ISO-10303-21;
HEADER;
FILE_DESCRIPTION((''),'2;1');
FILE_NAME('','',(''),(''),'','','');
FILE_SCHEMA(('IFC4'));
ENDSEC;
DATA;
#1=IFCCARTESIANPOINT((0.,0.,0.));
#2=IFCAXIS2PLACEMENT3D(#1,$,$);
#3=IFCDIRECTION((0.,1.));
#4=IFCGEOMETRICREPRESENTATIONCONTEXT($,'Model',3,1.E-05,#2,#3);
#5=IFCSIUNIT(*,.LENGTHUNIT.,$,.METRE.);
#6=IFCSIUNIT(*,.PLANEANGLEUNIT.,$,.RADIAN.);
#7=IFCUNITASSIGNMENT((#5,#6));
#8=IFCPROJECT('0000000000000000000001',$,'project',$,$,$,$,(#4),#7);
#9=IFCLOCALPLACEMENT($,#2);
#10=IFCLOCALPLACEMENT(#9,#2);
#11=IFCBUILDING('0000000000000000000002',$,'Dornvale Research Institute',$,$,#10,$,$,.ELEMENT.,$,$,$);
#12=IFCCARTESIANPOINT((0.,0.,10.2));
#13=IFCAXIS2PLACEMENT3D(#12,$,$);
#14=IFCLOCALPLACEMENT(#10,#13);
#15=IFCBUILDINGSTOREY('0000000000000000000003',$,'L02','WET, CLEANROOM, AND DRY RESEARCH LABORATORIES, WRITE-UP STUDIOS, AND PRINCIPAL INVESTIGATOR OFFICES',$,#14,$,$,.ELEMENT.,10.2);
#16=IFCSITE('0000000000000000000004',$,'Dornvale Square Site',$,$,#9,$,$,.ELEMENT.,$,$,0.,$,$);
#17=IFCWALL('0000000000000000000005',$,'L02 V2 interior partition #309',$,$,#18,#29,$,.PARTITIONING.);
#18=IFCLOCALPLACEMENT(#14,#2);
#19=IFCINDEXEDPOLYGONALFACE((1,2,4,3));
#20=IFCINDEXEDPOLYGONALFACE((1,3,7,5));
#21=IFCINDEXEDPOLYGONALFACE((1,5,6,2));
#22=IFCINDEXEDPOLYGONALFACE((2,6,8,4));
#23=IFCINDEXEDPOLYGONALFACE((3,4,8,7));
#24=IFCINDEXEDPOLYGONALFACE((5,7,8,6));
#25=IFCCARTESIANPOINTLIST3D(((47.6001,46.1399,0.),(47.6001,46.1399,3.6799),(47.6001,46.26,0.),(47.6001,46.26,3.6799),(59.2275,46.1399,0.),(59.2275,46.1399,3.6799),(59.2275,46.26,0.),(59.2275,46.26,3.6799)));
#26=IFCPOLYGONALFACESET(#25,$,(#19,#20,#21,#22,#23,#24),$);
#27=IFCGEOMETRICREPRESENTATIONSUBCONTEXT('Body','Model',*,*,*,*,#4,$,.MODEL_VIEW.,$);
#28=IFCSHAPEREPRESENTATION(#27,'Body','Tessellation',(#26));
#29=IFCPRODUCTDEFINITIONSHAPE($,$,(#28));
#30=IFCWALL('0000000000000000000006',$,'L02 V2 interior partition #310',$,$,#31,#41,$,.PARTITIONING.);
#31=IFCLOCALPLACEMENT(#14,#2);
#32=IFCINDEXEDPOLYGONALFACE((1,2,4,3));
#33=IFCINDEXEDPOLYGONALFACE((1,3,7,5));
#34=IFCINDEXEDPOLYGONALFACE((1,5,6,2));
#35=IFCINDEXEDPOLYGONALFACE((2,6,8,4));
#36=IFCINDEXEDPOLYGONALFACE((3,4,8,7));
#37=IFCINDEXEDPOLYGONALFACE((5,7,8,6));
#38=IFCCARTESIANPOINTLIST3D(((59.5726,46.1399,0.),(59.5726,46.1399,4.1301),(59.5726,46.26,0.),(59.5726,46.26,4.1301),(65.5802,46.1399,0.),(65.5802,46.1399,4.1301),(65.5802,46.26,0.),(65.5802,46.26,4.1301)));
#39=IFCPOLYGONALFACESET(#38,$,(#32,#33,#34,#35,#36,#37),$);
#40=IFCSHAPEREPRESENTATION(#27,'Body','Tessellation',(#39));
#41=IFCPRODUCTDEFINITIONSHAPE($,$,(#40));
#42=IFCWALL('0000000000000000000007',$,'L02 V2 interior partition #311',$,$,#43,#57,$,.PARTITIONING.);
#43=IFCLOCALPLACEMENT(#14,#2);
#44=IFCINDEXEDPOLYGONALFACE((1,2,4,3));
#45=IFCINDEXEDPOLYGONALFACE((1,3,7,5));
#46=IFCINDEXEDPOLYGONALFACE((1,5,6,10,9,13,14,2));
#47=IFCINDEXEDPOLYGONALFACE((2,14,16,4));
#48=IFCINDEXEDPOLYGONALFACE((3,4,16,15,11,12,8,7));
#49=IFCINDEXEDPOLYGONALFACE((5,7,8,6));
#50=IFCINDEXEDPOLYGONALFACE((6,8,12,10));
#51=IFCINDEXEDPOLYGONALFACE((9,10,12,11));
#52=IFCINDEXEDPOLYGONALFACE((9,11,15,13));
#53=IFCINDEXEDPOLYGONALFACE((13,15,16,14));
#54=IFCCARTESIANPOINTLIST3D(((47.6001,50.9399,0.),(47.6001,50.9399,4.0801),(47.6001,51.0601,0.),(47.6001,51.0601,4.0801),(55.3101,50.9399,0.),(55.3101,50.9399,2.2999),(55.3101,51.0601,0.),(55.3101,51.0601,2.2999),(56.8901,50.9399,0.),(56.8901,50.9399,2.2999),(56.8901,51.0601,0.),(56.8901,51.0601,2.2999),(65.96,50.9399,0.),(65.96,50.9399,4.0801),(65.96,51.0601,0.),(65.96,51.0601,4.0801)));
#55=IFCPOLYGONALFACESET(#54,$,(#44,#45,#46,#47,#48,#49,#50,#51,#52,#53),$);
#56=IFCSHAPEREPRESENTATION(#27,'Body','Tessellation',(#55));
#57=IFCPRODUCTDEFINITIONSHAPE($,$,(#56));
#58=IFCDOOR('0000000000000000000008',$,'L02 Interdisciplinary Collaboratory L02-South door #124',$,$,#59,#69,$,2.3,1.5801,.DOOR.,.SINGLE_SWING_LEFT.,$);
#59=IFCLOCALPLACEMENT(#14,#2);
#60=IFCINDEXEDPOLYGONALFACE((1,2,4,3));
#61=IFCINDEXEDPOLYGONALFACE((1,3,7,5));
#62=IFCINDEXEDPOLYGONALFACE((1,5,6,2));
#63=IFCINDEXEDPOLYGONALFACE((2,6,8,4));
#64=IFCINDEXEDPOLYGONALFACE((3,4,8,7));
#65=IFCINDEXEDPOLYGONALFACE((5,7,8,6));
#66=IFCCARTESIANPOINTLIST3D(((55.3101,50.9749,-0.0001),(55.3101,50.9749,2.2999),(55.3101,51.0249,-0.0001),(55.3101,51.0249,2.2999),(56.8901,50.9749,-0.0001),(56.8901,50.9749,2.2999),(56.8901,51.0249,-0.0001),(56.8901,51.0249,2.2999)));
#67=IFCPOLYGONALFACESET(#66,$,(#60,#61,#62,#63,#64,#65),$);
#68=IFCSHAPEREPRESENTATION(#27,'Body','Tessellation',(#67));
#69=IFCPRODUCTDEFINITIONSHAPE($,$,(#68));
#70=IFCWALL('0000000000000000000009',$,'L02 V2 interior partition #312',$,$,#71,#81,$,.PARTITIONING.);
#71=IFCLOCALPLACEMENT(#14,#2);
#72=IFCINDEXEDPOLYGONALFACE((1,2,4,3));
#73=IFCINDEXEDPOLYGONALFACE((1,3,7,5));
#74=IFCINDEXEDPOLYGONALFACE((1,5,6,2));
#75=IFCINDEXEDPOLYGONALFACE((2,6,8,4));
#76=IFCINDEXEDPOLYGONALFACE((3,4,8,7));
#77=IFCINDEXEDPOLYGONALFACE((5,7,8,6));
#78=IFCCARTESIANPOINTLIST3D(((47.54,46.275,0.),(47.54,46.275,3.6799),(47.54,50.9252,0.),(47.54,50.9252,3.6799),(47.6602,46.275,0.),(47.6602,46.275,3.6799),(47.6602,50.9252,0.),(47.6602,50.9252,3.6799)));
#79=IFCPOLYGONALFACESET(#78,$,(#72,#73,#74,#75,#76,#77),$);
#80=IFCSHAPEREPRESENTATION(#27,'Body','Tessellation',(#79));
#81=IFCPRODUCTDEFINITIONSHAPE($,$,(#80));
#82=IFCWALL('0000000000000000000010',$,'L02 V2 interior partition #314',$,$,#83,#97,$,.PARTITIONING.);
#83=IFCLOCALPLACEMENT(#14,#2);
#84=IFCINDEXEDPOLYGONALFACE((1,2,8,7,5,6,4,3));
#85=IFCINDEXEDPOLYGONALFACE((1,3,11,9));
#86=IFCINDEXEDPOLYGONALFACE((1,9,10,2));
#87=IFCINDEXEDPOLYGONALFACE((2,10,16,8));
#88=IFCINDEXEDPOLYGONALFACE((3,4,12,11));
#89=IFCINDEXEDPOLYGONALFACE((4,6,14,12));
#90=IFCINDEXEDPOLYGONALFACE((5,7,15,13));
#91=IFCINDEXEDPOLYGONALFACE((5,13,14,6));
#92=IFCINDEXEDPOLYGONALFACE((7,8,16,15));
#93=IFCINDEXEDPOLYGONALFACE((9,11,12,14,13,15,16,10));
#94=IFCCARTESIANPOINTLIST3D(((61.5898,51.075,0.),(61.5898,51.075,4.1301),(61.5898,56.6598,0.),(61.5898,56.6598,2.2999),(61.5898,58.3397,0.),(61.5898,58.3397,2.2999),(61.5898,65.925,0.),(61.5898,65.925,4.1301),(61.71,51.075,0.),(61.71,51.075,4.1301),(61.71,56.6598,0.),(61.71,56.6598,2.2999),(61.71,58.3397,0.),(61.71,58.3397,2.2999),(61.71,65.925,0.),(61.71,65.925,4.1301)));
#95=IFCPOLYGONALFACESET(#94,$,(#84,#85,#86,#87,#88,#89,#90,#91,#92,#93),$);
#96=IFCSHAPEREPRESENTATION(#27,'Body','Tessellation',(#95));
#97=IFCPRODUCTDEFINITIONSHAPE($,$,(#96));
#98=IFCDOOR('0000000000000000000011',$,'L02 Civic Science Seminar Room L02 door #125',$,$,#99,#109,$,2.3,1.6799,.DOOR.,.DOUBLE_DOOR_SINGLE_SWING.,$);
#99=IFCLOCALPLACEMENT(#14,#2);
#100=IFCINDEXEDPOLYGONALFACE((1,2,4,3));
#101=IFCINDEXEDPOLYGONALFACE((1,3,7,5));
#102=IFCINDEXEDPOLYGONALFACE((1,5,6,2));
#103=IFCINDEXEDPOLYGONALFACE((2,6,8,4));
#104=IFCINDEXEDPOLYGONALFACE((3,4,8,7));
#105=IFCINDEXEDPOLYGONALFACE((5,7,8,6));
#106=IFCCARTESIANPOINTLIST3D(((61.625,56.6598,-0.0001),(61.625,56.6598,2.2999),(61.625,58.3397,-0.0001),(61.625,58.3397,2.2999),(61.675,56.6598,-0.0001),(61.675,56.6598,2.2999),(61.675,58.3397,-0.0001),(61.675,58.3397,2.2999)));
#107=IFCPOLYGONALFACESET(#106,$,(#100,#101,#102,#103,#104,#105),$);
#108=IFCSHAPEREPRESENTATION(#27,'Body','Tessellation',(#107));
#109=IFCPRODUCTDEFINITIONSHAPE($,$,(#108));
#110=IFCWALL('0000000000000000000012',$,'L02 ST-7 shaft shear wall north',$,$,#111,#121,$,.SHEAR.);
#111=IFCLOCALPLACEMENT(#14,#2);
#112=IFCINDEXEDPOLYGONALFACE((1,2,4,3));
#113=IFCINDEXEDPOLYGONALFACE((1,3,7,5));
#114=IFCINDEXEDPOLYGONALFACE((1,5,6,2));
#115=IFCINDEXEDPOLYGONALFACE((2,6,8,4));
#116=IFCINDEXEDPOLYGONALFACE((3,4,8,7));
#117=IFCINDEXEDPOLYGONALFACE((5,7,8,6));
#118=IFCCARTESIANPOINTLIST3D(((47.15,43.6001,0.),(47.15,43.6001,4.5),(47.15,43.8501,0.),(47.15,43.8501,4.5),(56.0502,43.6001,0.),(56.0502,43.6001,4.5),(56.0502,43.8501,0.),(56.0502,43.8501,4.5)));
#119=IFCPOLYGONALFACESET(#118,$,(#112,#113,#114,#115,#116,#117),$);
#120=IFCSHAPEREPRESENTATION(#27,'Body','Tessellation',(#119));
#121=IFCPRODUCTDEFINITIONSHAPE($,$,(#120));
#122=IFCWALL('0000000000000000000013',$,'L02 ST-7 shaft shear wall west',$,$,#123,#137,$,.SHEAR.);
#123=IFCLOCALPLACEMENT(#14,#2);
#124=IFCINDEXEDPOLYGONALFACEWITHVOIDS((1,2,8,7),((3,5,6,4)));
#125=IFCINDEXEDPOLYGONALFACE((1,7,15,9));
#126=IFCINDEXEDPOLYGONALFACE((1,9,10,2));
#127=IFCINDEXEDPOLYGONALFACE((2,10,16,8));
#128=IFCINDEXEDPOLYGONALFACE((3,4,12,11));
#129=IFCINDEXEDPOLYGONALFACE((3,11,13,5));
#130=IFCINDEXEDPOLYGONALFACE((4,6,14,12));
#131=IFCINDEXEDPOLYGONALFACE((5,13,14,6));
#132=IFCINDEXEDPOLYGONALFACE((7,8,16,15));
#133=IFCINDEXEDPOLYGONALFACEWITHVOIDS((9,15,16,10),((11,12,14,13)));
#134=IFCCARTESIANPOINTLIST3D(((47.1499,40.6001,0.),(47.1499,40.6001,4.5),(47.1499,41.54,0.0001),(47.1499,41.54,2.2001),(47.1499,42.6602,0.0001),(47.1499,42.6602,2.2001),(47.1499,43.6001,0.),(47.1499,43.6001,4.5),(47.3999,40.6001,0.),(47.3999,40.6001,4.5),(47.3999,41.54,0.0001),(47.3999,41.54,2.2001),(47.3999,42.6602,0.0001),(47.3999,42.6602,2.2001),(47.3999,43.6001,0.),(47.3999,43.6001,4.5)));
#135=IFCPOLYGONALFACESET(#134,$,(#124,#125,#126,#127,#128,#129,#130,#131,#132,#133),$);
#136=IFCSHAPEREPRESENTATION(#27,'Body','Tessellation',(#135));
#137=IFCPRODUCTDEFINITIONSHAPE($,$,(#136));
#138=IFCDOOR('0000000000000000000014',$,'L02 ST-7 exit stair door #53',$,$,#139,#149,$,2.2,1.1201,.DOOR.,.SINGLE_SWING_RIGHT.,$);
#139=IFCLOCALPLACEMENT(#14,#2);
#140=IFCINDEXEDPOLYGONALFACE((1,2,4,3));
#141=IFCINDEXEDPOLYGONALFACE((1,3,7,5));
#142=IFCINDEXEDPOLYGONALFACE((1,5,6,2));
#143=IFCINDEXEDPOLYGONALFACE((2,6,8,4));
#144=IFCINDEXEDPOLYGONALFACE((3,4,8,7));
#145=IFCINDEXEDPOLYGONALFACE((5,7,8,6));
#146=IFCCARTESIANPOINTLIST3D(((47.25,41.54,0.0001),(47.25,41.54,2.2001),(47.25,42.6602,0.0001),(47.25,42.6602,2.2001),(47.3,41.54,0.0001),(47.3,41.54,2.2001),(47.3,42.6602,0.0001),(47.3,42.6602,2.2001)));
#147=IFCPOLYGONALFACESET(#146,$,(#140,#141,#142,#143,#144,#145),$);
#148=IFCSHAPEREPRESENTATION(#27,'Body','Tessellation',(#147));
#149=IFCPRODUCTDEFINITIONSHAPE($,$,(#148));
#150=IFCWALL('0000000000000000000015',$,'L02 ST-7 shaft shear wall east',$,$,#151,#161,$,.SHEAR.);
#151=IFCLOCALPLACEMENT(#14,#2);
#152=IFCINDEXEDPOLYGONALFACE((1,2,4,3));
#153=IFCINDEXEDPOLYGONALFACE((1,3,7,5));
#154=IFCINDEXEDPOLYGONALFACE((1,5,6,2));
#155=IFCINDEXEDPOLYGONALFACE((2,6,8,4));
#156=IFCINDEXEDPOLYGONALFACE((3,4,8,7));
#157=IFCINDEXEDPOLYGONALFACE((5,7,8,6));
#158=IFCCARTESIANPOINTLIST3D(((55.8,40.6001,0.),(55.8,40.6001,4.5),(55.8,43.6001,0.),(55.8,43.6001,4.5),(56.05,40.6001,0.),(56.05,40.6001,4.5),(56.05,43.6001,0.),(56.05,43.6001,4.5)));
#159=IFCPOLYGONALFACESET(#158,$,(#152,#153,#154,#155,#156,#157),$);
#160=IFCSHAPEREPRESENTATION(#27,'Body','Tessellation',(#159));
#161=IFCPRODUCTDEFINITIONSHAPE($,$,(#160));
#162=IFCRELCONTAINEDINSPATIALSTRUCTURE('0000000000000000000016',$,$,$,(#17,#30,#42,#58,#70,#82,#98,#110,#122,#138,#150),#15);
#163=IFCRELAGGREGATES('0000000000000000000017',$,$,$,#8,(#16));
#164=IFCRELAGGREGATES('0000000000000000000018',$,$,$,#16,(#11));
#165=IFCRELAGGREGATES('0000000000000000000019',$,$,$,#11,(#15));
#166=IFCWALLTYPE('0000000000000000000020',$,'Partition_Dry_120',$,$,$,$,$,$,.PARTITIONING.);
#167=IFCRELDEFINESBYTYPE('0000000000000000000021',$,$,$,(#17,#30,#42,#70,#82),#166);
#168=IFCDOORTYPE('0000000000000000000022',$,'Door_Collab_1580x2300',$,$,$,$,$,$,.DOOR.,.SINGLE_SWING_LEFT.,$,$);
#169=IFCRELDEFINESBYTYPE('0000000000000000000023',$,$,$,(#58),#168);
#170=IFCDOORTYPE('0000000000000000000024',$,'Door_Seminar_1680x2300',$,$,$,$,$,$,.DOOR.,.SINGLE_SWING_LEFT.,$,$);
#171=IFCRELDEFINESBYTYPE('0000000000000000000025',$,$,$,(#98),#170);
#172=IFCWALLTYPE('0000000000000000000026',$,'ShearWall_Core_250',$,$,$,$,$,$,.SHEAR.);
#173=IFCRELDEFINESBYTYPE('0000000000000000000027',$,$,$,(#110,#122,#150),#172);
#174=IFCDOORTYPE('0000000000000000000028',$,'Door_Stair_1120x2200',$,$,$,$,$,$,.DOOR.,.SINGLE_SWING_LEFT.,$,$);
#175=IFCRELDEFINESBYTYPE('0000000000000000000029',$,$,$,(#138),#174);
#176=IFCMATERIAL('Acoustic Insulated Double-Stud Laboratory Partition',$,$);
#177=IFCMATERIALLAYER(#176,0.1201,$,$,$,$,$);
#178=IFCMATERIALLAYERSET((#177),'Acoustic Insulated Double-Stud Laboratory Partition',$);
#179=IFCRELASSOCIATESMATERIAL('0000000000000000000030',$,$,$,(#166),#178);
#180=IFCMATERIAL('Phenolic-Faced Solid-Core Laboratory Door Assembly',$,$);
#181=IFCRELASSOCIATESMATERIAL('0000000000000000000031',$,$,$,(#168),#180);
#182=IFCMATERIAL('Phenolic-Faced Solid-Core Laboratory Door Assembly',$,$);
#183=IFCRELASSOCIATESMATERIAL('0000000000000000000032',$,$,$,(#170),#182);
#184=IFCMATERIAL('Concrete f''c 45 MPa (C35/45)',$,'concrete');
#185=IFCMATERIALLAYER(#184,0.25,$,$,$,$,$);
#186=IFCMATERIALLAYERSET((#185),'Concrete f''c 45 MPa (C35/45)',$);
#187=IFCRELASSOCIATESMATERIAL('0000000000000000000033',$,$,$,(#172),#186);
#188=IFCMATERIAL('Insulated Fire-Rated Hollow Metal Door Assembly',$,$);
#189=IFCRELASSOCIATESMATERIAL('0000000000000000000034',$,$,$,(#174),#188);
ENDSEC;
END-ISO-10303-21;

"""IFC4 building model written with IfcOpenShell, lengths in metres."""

from ifc_helpers import new_model, si_unit, direction, frame, frame_2d, origin, place, context, subcontext, project, spatial, rectangle, extrude, material, layer, layer_set, type_object, element, fill, save


model = new_model("IFC4")

# Units and contexts
model_context = context("Model", 3, precision=1e-05, world=origin(), true_north=direction((0.0, 1.0)))
body_context = subcontext(model_context, "Body", "Model", "MODEL_VIEW")
ifc_project = project(units=[si_unit("LENGTHUNIT", "METRE"), si_unit("PLANEANGLEUNIT", "RADIAN")], contexts=[model_context])

# Site, building, storey
site_placement = place(None, origin())
site = spatial("IfcSite", under=ifc_project, at=site_placement, Name="Dornvale Square Site", CompositionType="ELEMENT", RefElevation=0.0)
building_placement = place(site_placement, origin())
building = spatial("IfcBuilding", under=site, at=building_placement, Name="Dornvale Research Institute", CompositionType="ELEMENT")
storey_placement = place(building_placement, frame((0.0, 0.0, 10.2)))
storey = spatial("IfcBuildingStorey", under=building, at=storey_placement, Name="L02", Description="WET, CLEANROOM, AND DRY RESEARCH LABORATORIES, WRITE-UP STUDIOS, AND PRINCIPAL INVESTIGATOR OFFICES", CompositionType="ELEMENT", Elevation=10.2)

# Walls
ifc_material_1 = material(Name="Acoustic Insulated Double-Stud Laboratory Partition")
ifc_layer_1 = layer(ifc_material_1, 0.1201)
ifc_layer_set_1 = layer_set([ifc_layer_1], Name="Acoustic Insulated Double-Stud Laboratory Partition")
wall_type_1 = type_object("IfcWallType", Name="Partition_Dry_120", PredefinedType="PARTITIONING", material=ifc_layer_set_1)
wall_1_placement = place(storey_placement, frame((47.6001, 46.2, 0.0), z_axis=(0.0, 0.0, 1.0), x_axis=(1.0, 0.0, 0.0)))
element("IfcWall", 1, at=wall_1_placement, inside=storey, type_object=wall_type_1, Name="L02 V2 interior partition #309", PredefinedType="PARTITIONING", context=body_context, shape_type="SweptSolid", body=[
    extrude(rectangle(XDim=11.6274, YDim=0.1201, at=frame_2d((5.8137, 0.0))), origin(), (0.0, 0.0, 1.0), 3.6799),
])
wall_2_placement = place(storey_placement, frame((59.5725, 46.2, 0.0), z_axis=(0.0, 0.0, 1.0), x_axis=(1.0, 0.0, 0.0)))
element("IfcWall", 2, at=wall_2_placement, inside=storey, type_object=wall_type_1, Name="L02 V2 interior partition #310", PredefinedType="PARTITIONING", context=body_context, shape_type="SweptSolid", body=[
    extrude(rectangle(XDim=6.0076, YDim=0.1201, at=frame_2d((3.0039, 0.0))), origin(), (0.0, 0.0, 1.0), 4.1301),
])

# Wall, opening, door
wall_3_placement = place(storey_placement, frame((47.6001, 51.0, 0.0), z_axis=(0.0, 0.0, 1.0), x_axis=(1.0, 0.0, 0.0)))
wall_3 = element("IfcWall", 3, at=wall_3_placement, inside=storey, type_object=wall_type_1, Name="L02 V2 interior partition #311", PredefinedType="PARTITIONING", context=body_context, shape_type="SweptSolid", body=[
    extrude(rectangle(XDim=18.3599, YDim=0.1201, at=frame_2d((9.1799, 0.0))), origin(), (0.0, 0.0, 1.0), 4.0801),
])
opening_1_placement = place(wall_3_placement, frame((7.71, 0.0, 0.0)))
opening_1 = element("IfcOpeningElement", 4, at=opening_1_placement, cuts=wall_3, PredefinedType="OPENING", context=body_context, shape_type="SweptSolid", body=[
    extrude(rectangle(XDim=1.5801, YDim=2.3, at=frame_2d((0.79, 1.1499))), frame((0.0, 0.075, 0.0), z_axis=(0.0, -1.0, 0.0), x_axis=(1.0, 0.0, 0.0)), (0.0, 0.0, 1.0), 0.1501),
])
ifc_material_2 = material(Name="Phenolic-Faced Solid-Core Laboratory Door Assembly")
door_type_1 = type_object("IfcDoorType", Name="Door_Collab_1580x2300", OperationType="SINGLE_SWING_LEFT", PredefinedType="DOOR", material=ifc_material_2)
door_1_placement = place(opening_1_placement, origin())
door_1 = element("IfcDoor", 5, at=door_1_placement, inside=storey, type_object=door_type_1, Name="L02 Interdisciplinary Collaboratory L02-South door #124", OperationType="SINGLE_SWING_LEFT", OverallHeight=2.3, OverallWidth=1.5801, PredefinedType="DOOR", context=body_context, shape_type="SweptSolid", body=[
    extrude(rectangle(XDim=1.5801, YDim=2.3, at=frame_2d((0.79, 1.1499))), frame((0.0, 0.0249, 0.0), z_axis=(0.0, -1.0, 0.0), x_axis=(1.0, 0.0, 0.0)), (0.0, 0.0, 1.0), 0.05),
])
fill(opening_1, door_1)

# Wall
wall_4_placement = place(storey_placement, frame((47.6001, 46.2749, 0.0), z_axis=(0.0, 0.0, 1.0), x_axis=(0.0, 1.0, 0.0)))
element("IfcWall", 6, at=wall_4_placement, inside=storey, type_object=wall_type_1, Name="L02 V2 interior partition #312", PredefinedType="PARTITIONING", context=body_context, shape_type="SweptSolid", body=[
    extrude(rectangle(XDim=4.6501, YDim=0.1201, at=frame_2d((2.3252, 0.0))), origin(), (0.0, 0.0, 1.0), 3.6799),
])

# Wall, opening, door
wall_5_placement = place(storey_placement, frame((61.6499, 51.075, 0.0), z_axis=(0.0, 0.0, 1.0), x_axis=(0.0, 1.0, 0.0)))
wall_5 = element("IfcWall", 7, at=wall_5_placement, inside=storey, type_object=wall_type_1, Name="L02 V2 interior partition #314", PredefinedType="PARTITIONING", context=body_context, shape_type="SweptSolid", body=[
    extrude(rectangle(XDim=14.8501, YDim=0.1201, at=frame_2d((7.425, 0.0))), origin(), (0.0, 0.0, 1.0), 4.1301),
])
opening_2_placement = place(wall_5_placement, frame((5.585, 0.0, 0.0)))
opening_2 = element("IfcOpeningElement", 8, at=opening_2_placement, cuts=wall_5, PredefinedType="OPENING", context=body_context, shape_type="SweptSolid", body=[
    extrude(rectangle(XDim=1.6799, YDim=2.3, at=frame_2d((0.8398, 1.1499))), frame((0.0, 0.075, 0.0), z_axis=(0.0, -1.0, 0.0), x_axis=(1.0, 0.0, 0.0)), (0.0, 0.0, 1.0), 0.1501),
])
ifc_material_3 = material(Name="Phenolic-Faced Solid-Core Laboratory Door Assembly")
door_type_2 = type_object("IfcDoorType", Name="Door_Seminar_1680x2300", OperationType="SINGLE_SWING_LEFT", PredefinedType="DOOR", material=ifc_material_3)
door_2_placement = place(opening_2_placement, origin())
door_2 = element("IfcDoor", 9, at=door_2_placement, inside=storey, type_object=door_type_2, Name="L02 Civic Science Seminar Room L02 door #125", OperationType="DOUBLE_DOOR_SINGLE_SWING", OverallHeight=2.3, OverallWidth=1.6799, PredefinedType="DOOR", context=body_context, shape_type="SweptSolid", body=[
    extrude(rectangle(XDim=1.6799, YDim=2.3, at=frame_2d((0.8398, 1.1499))), frame((0.0, 0.0249, 0.0), z_axis=(0.0, -1.0, 0.0), x_axis=(1.0, 0.0, 0.0)), (0.0, 0.0, 1.0), 0.05),
])
fill(opening_2, door_2)

# Wall
ifc_material_4 = material(Name="Concrete f'c 45 MPa (C35/45)", Category="concrete")
ifc_layer_2 = layer(ifc_material_4, 0.25)
ifc_layer_set_2 = layer_set([ifc_layer_2], Name="Concrete f'c 45 MPa (C35/45)")
wall_type_2 = type_object("IfcWallType", Name="ShearWall_Core_250", PredefinedType="SHEAR", material=ifc_layer_set_2)
wall_6_placement = place(storey_placement, frame((47.1499, 43.7251, 0.0), z_axis=(0.0, 0.0, 1.0), x_axis=(1.0, 0.0, 0.0)))
element("IfcWall", 10, at=wall_6_placement, inside=storey, type_object=wall_type_2, Name="L02 ST-7 shaft shear wall north", PredefinedType="SHEAR", context=body_context, shape_type="SweptSolid", body=[
    extrude(rectangle(XDim=8.9001, YDim=0.25, at=frame_2d((4.4502, 0.0))), origin(), (0.0, 0.0, 1.0), 4.5),
])

# Wall, opening, door
wall_7_placement = place(storey_placement, frame((47.2749, 40.6001, 0.0), z_axis=(0.0, 0.0, 1.0), x_axis=(0.0, 1.0, 0.0)))
wall_7 = element("IfcWall", 11, at=wall_7_placement, inside=storey, type_object=wall_type_2, Name="L02 ST-7 shaft shear wall west", PredefinedType="SHEAR", context=body_context, shape_type="SweptSolid", body=[
    extrude(rectangle(XDim=3.0, YDim=0.25, at=frame_2d((1.5, 0.0))), origin(), (0.0, 0.0, 1.0), 4.5),
])
opening_3_placement = place(wall_7_placement, frame((0.9399, 0.0, 0.0)))
opening_3 = element("IfcOpeningElement", 12, at=opening_3_placement, cuts=wall_7, PredefinedType="OPENING", context=body_context, shape_type="SweptSolid", body=[
    extrude(rectangle(XDim=1.1201, YDim=2.2, at=frame_2d((0.5601, 1.1001))), frame((0.0, 0.1399, 0.0), z_axis=(0.0, -1.0, 0.0), x_axis=(1.0, 0.0, 0.0)), (0.0, 0.0, 1.0), 0.28),
])
ifc_material_5 = material(Name="Insulated Fire-Rated Hollow Metal Door Assembly")
door_type_3 = type_object("IfcDoorType", Name="Door_Stair_1120x2200", OperationType="SINGLE_SWING_LEFT", PredefinedType="DOOR", material=ifc_material_5)
door_3_placement = place(opening_3_placement, origin())
door_3 = element("IfcDoor", 13, at=door_3_placement, inside=storey, type_object=door_type_3, Name="L02 ST-7 exit stair door #53", OperationType="SINGLE_SWING_RIGHT", OverallHeight=2.2, OverallWidth=1.1201, PredefinedType="DOOR", context=body_context, shape_type="SweptSolid", body=[
    extrude(rectangle(XDim=1.1201, YDim=2.2, at=frame_2d((0.5601, 1.1001))), frame((0.0, 0.0249, 0.0), z_axis=(0.0, -1.0, 0.0), x_axis=(1.0, 0.0, 0.0)), (0.0, 0.0, 1.0), 0.05),
])
fill(opening_3, door_3)

# Wall
wall_8_placement = place(storey_placement, frame((55.925, 40.6001, 0.0), z_axis=(0.0, 0.0, 1.0), x_axis=(0.0, 1.0, 0.0)))
element("IfcWall", 14, at=wall_8_placement, inside=storey, type_object=wall_type_2, Name="L02 ST-7 shaft shear wall east", PredefinedType="SHEAR", context=body_context, shape_type="SweptSolid", body=[
    extrude(rectangle(XDim=3.0, YDim=0.25, at=frame_2d((1.5, 0.0))), origin(), (0.0, 0.0, 1.0), 4.5),
])

save(model, "model.ifc")
